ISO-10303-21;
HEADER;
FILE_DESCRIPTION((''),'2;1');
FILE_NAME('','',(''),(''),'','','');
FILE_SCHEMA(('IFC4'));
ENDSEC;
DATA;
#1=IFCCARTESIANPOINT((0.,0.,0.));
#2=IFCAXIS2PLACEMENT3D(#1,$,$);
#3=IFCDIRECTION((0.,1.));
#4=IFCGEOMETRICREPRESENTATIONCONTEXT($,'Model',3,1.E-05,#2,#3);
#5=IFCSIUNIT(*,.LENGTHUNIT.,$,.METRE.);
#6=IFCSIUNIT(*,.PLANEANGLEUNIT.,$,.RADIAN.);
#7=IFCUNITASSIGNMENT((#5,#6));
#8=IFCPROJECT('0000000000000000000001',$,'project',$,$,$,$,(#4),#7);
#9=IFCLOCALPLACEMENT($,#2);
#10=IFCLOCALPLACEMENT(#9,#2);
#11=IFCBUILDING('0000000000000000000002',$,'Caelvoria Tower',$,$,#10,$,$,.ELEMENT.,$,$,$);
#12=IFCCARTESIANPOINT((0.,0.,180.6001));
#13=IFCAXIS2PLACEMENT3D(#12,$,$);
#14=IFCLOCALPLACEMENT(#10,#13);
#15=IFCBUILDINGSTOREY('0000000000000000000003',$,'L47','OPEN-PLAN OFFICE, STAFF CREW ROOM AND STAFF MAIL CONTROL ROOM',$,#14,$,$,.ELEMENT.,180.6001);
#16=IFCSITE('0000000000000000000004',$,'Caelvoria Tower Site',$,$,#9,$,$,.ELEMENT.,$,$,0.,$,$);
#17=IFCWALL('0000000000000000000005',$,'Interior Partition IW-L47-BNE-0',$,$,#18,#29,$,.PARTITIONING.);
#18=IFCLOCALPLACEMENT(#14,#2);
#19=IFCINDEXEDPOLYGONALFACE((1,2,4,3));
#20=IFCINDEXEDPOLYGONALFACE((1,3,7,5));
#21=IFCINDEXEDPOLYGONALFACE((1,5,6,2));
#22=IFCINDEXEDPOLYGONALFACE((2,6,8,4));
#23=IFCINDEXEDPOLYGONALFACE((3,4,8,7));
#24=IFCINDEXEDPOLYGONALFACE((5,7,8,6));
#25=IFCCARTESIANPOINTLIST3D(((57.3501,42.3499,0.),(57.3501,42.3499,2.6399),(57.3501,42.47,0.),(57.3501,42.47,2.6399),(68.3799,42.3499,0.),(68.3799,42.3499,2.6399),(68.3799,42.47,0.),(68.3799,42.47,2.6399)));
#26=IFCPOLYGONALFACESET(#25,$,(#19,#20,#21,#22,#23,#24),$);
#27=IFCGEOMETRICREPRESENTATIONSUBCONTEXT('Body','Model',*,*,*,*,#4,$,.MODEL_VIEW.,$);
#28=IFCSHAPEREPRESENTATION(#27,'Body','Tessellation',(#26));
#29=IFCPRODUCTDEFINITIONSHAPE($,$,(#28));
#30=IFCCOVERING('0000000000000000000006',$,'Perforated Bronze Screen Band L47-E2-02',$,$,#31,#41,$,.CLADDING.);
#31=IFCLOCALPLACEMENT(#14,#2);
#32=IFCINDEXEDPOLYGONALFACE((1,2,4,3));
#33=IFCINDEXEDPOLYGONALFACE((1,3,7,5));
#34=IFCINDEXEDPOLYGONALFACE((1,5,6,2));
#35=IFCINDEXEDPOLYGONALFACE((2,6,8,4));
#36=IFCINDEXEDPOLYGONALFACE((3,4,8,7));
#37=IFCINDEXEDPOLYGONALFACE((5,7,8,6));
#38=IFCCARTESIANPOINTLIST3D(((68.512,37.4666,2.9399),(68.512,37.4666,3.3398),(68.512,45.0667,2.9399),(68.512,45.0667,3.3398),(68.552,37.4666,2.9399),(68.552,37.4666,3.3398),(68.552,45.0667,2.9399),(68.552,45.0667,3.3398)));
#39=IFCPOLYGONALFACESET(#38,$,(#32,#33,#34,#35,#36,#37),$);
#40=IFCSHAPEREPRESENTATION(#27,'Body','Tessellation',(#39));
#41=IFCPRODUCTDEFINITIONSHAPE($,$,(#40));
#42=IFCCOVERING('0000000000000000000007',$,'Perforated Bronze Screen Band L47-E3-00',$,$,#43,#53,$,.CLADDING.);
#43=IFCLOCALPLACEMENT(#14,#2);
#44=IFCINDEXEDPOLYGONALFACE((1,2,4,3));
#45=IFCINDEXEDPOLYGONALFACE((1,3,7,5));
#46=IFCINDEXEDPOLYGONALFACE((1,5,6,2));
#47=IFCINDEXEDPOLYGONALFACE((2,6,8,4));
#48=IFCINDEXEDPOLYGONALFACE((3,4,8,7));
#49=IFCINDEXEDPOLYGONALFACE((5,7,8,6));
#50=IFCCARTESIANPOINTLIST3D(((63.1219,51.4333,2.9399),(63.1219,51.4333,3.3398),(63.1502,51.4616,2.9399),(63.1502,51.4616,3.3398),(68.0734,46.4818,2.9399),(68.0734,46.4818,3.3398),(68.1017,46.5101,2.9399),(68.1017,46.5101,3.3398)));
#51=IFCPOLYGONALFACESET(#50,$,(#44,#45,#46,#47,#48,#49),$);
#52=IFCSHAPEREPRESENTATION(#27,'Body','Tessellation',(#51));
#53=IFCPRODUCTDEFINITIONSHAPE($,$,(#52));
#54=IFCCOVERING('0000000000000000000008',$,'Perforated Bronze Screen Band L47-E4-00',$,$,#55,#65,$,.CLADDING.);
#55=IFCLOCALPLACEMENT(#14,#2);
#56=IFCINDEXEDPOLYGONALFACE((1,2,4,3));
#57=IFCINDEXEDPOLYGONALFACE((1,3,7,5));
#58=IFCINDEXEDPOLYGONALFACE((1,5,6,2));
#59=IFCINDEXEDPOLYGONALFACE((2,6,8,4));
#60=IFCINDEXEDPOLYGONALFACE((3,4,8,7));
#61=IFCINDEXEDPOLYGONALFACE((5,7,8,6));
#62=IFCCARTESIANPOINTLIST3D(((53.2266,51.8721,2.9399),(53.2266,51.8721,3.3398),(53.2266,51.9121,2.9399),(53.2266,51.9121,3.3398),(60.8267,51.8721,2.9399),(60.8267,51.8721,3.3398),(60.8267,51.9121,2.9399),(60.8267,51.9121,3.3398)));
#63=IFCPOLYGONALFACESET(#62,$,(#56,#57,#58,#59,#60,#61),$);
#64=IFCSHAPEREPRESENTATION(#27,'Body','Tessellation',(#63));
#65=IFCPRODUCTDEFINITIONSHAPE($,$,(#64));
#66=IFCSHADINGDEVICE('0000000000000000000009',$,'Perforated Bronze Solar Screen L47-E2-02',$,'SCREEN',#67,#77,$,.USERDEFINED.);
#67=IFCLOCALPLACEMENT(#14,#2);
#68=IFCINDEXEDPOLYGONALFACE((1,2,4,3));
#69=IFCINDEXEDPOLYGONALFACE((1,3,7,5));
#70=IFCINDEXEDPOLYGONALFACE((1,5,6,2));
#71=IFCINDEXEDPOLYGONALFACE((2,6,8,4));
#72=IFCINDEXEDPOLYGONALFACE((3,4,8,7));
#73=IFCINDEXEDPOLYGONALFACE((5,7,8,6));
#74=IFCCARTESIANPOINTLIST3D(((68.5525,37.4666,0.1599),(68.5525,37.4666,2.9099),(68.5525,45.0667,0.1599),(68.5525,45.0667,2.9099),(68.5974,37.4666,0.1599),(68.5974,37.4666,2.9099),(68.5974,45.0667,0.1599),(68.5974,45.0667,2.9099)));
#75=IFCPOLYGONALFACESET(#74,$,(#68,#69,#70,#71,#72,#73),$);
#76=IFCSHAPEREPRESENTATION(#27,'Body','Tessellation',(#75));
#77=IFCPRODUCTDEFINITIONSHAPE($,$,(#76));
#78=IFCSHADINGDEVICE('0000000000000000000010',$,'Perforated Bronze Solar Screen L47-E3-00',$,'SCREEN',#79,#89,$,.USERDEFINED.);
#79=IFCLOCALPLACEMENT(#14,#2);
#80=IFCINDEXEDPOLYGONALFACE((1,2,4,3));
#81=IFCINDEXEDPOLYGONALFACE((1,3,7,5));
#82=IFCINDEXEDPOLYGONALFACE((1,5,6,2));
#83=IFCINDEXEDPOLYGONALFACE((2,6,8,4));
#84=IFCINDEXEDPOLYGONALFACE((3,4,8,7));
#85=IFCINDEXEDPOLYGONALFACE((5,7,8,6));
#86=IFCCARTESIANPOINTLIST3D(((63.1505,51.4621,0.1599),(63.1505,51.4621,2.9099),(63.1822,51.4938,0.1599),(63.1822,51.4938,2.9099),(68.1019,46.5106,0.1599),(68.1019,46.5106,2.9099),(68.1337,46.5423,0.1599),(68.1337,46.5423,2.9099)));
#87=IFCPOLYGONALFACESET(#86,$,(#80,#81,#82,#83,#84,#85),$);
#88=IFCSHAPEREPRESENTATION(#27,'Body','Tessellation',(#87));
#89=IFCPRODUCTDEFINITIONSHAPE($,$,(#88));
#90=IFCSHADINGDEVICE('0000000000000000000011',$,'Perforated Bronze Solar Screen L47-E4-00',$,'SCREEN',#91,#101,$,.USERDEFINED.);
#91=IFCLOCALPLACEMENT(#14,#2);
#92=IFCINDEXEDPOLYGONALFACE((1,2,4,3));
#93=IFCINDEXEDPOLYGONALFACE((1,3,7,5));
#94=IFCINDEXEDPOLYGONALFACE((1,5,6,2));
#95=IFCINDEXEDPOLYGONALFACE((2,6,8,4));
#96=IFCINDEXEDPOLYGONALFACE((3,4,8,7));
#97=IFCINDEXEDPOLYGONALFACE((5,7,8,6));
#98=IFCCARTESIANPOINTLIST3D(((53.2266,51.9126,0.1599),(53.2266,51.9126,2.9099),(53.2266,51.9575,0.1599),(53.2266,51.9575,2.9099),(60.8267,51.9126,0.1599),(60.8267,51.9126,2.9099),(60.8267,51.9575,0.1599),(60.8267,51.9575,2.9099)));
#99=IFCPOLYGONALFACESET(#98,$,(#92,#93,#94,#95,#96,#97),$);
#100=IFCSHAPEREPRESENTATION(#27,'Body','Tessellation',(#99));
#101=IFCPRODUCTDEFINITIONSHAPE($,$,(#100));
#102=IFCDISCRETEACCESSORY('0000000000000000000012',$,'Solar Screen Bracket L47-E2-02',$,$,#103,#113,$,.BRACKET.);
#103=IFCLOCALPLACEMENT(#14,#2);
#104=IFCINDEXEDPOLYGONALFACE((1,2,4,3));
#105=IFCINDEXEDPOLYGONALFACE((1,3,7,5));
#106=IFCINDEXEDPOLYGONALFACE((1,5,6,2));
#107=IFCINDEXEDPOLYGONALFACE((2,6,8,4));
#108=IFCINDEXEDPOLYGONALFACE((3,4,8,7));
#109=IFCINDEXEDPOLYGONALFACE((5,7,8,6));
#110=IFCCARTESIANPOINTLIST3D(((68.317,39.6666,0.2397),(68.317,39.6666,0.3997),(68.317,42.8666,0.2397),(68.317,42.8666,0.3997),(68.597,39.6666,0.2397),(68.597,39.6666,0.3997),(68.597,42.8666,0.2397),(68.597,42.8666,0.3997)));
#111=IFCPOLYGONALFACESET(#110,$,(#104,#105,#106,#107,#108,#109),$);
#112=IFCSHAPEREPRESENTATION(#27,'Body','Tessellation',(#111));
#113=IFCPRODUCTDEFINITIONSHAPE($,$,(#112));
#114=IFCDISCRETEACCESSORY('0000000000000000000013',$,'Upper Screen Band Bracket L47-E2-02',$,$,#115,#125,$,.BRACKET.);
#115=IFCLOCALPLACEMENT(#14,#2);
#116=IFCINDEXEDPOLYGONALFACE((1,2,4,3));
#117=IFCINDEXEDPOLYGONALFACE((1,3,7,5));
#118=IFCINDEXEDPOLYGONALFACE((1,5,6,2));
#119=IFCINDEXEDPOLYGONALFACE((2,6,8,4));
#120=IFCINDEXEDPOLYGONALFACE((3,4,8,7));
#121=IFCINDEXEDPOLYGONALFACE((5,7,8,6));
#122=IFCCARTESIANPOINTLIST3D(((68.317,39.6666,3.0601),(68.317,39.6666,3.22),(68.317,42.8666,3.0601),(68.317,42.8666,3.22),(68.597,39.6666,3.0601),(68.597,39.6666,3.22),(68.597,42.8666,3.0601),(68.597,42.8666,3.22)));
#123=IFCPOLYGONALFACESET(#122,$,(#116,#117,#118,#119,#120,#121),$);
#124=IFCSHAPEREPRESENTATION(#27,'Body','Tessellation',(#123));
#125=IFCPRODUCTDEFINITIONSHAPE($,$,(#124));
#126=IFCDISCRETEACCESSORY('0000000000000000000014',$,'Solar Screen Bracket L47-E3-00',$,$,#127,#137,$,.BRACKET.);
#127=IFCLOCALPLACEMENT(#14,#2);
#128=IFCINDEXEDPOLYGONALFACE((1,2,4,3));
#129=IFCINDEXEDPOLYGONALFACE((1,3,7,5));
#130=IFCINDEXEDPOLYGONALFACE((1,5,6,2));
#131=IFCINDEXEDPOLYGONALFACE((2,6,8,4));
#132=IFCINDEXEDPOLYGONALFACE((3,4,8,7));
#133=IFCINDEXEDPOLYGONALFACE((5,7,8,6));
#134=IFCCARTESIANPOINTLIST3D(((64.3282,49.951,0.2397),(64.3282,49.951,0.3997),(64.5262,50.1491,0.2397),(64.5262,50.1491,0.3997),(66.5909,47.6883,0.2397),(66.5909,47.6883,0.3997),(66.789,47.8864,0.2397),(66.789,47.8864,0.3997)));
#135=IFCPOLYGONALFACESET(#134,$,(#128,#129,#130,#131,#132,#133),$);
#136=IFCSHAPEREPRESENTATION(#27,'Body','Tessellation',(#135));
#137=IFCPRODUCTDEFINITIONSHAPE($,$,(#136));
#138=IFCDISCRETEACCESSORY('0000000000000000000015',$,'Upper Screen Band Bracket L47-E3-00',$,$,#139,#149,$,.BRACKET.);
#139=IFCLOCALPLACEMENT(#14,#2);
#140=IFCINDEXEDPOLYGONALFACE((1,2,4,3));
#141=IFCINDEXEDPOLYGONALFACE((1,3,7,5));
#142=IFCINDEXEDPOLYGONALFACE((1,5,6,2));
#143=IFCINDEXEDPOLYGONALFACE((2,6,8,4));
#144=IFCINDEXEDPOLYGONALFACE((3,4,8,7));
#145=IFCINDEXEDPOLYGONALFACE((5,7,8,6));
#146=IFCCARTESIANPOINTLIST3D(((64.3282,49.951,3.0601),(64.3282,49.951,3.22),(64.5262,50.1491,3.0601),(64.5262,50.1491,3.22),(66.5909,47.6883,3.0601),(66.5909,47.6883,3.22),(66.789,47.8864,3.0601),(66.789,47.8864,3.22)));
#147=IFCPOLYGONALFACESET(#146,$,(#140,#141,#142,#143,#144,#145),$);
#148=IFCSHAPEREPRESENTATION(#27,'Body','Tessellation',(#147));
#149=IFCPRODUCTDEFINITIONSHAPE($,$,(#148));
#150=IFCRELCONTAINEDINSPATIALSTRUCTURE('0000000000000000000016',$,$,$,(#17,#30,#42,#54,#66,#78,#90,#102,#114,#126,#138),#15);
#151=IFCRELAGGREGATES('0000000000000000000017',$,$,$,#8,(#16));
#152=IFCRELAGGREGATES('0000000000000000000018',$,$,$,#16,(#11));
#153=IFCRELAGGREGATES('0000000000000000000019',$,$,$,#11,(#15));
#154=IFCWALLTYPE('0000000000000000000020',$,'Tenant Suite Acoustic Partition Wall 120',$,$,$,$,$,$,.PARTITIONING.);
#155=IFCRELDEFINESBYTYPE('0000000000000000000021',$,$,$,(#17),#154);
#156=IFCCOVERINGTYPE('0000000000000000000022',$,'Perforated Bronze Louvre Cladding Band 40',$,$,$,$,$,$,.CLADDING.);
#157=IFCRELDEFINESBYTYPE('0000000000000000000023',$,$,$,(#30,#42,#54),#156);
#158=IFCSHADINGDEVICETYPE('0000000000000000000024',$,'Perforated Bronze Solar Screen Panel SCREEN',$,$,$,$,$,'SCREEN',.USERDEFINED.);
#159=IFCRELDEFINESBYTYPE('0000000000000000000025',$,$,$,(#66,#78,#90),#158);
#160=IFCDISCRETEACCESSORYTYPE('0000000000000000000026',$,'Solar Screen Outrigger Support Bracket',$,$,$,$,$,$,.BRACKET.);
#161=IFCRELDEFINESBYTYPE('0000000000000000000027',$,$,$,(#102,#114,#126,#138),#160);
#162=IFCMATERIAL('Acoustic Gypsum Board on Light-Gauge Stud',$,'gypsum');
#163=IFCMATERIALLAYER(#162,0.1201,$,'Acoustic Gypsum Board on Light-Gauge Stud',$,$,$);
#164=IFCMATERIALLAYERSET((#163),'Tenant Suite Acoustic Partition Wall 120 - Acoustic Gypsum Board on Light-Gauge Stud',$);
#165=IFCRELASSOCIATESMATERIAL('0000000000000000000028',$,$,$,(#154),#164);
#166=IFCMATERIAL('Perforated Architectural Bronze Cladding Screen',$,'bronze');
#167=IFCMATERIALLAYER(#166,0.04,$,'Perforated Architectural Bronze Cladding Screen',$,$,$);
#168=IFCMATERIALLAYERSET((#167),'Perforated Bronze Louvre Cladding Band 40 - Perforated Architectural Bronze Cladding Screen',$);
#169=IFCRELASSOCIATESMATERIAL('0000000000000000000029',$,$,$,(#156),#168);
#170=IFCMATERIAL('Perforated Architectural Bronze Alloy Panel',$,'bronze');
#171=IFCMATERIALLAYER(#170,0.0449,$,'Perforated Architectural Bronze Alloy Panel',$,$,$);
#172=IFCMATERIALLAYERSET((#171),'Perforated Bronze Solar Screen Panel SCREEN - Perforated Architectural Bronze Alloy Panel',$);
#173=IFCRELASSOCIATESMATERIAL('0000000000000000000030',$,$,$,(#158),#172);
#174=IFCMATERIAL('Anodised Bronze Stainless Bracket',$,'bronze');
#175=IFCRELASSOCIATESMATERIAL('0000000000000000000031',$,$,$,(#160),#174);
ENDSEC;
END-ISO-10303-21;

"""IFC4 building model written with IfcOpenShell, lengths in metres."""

from ifc_helpers import new_model, si_unit, direction, frame, frame_2d, origin, origin_2d, place, context, subcontext, project, spatial, rectangle, extrude, material, layer, layer_set, type_object, element, save


model = new_model("IFC4")

# Units and contexts
model_context = context("Model", 3, precision=1e-05, world=origin(), true_north=direction((0.0, 1.0)))
body_context = subcontext(model_context, "Body", "Model", "MODEL_VIEW")
ifc_project = project(units=[si_unit("LENGTHUNIT", "METRE"), si_unit("PLANEANGLEUNIT", "RADIAN")], contexts=[model_context])

# Site, building, storey
site_placement = place(None, origin())
site = spatial("IfcSite", under=ifc_project, at=site_placement, Name="Caelvoria Tower Site", CompositionType="ELEMENT", RefElevation=0.0)
building_placement = place(site_placement, origin())
building = spatial("IfcBuilding", under=site, at=building_placement, Name="Caelvoria Tower", CompositionType="ELEMENT")
storey_placement = place(building_placement, frame((0.0, 0.0, 180.6001)))
storey = spatial("IfcBuildingStorey", under=building, at=storey_placement, Name="L47", Description="OPEN-PLAN OFFICE, STAFF CREW ROOM AND STAFF MAIL CONTROL ROOM", CompositionType="ELEMENT", Elevation=180.6001)

# Shared definitions
ifc_material_1 = material(Name="Acoustic Gypsum Board on Light-Gauge Stud", Category="gypsum")
ifc_layer_1 = layer(ifc_material_1, 0.1201, Name="Acoustic Gypsum Board on Light-Gauge Stud")
ifc_layer_set_1 = layer_set([ifc_layer_1], Name="Tenant Suite Acoustic Partition Wall 120 - Acoustic Gypsum Board on Light-Gauge Stud")
wall_type_1 = type_object("IfcWallType", Name="Tenant Suite Acoustic Partition Wall 120", PredefinedType="PARTITIONING", material=ifc_layer_set_1)

# Wall
wall_1_placement = place(storey_placement, frame((57.3501, 42.4099, 0.0), z_axis=(0.0, 0.0, 1.0), x_axis=(1.0, 0.0, 0.0)))
element("IfcWall", 1, at=wall_1_placement, inside=storey, type_object=wall_type_1, Name="Interior Partition IW-L47-BNE-0", PredefinedType="PARTITIONING", context=body_context, shape_type="SweptSolid", body=[
    extrude(rectangle(XDim=11.0298, YDim=0.1201, at=frame_2d((5.5149, 0.0))), origin(), (0.0, 0.0, 1.0), 2.6399),
])

# Coverings
ifc_material_2 = material(Name="Perforated Architectural Bronze Cladding Screen", Category="bronze")
ifc_layer_2 = layer(ifc_material_2, 0.04, Name="Perforated Architectural Bronze Cladding Screen")
ifc_layer_set_2 = layer_set([ifc_layer_2], Name="Perforated Bronze Louvre Cladding Band 40 - Perforated Architectural Bronze Cladding Screen")
covering_type = type_object("IfcCoveringType", Name="Perforated Bronze Louvre Cladding Band 40", PredefinedType="CLADDING", material=ifc_layer_set_2)
covering_1_placement = place(storey_placement, frame((68.532, 41.2666, 2.9399), z_axis=(0.0, 0.0, 1.0), x_axis=(0.0, 1.0, 0.0)))
element("IfcCovering", 2, at=covering_1_placement, inside=storey, type_object=covering_type, Name="Perforated Bronze Screen Band L47-E2-02", PredefinedType="CLADDING", context=body_context, shape_type="SweptSolid", body=[
    extrude(rectangle(XDim=7.6001, YDim=0.04, at=origin_2d()), origin(), (0.0, 0.0, 1.0), 0.3999),
])
covering_2_placement = place(storey_placement, frame((65.6118, 48.9717, 2.9399), z_axis=(0.0, 0.0, 1.0), x_axis=(-0.707107, 0.707107, 0.0)))
element("IfcCovering", 3, at=covering_2_placement, inside=storey, type_object=covering_type, Name="Perforated Bronze Screen Band L47-E3-00", PredefinedType="CLADDING", context=body_context, shape_type="SweptSolid", body=[
    extrude(rectangle(XDim=7.0024, YDim=0.04, at=origin_2d()), origin(), (0.0, 0.0, 1.0), 0.3999),
])
covering_3_placement = place(storey_placement, frame((57.0266, 51.8921, 2.9399), z_axis=(0.0, 0.0, 1.0), x_axis=(-1.0, 0.0, 0.0)))
element("IfcCovering", 4, at=covering_3_placement, inside=storey, type_object=covering_type, Name="Perforated Bronze Screen Band L47-E4-00", PredefinedType="CLADDING", context=body_context, shape_type="SweptSolid", body=[
    extrude(rectangle(XDim=7.6001, YDim=0.04, at=origin_2d()), origin(), (0.0, 0.0, 1.0), 0.3999),
])

# Shading devices
ifc_material_3 = material(Name="Perforated Architectural Bronze Alloy Panel", Category="bronze")
ifc_layer_3 = layer(ifc_material_3, 0.0449, Name="Perforated Architectural Bronze Alloy Panel")
ifc_layer_set_3 = layer_set([ifc_layer_3], Name="Perforated Bronze Solar Screen Panel SCREEN - Perforated Architectural Bronze Alloy Panel")
shading_device_type = type_object("IfcShadingDeviceType", Name="Perforated Bronze Solar Screen Panel SCREEN", ElementType="SCREEN", PredefinedType="USERDEFINED", material=ifc_layer_set_3)
shading_device_1_placement = place(storey_placement, frame((68.575, 41.2666, 0.1599), z_axis=(0.0, 0.0, 1.0), x_axis=(0.0, 1.0, 0.0)))
element("IfcShadingDevice", 5, at=shading_device_1_placement, inside=storey, type_object=shading_device_type, Name="Perforated Bronze Solar Screen L47-E2-02", ObjectType="SCREEN", PredefinedType="USERDEFINED", context=body_context, shape_type="SweptSolid", body=[
    extrude(rectangle(XDim=7.6001, YDim=0.0449, at=origin_2d()), origin(), (0.0, 0.0, 1.0), 2.75),
])
shading_device_2_placement = place(storey_placement, frame((65.6421, 49.0022, 0.1599), z_axis=(0.0, 0.0, 1.0), x_axis=(-0.707107, 0.707107, 0.0)))
element("IfcShadingDevice", 6, at=shading_device_2_placement, inside=storey, type_object=shading_device_type, Name="Perforated Bronze Solar Screen L47-E3-00", ObjectType="SCREEN", PredefinedType="USERDEFINED", context=body_context, shape_type="SweptSolid", body=[
    extrude(rectangle(XDim=7.0024, YDim=0.0449, at=origin_2d()), origin(), (0.0, 0.0, 1.0), 2.75),
])
shading_device_3_placement = place(storey_placement, frame((57.0266, 51.9351, 0.1599), z_axis=(0.0, 0.0, 1.0), x_axis=(-1.0, 0.0, 0.0)))
element("IfcShadingDevice", 7, at=shading_device_3_placement, inside=storey, type_object=shading_device_type, Name="Perforated Bronze Solar Screen L47-E4-00", ObjectType="SCREEN", PredefinedType="USERDEFINED", context=body_context, shape_type="SweptSolid", body=[
    extrude(rectangle(XDim=7.6001, YDim=0.0449, at=origin_2d()), origin(), (0.0, 0.0, 1.0), 2.75),
])

# Discrete accessories
ifc_material_4 = material(Name="Anodised Bronze Stainless Bracket", Category="bronze")
discrete_accessory_type = type_object("IfcDiscreteAccessoryType", Name="Solar Screen Outrigger Support Bracket", PredefinedType="BRACKET", material=ifc_material_4)
for number, where, z_axis, x_axis, name in (
    (8, (68.457, 41.2666, 0.2397), (0.0, 0.0, 1.0), (0.0, 1.0, 0.0), "Solar Screen Bracket L47-E2-02"),
    (9, (68.457, 41.2666, 3.0601), (0.0, 0.0, 1.0), (0.0, 1.0, 0.0), "Upper Screen Band Bracket L47-E2-02"),
    (10, (65.5586, 48.9187, 0.2397), (0.0, 0.0, 1.0), (-0.707107, 0.707107, 0.0), "Solar Screen Bracket L47-E3-00"),
    (11, (65.5586, 48.9187, 3.0601), (0.0, 0.0, 1.0), (-0.707107, 0.707107, 0.0), "Upper Screen Band Bracket L47-E3-00"),
):
    element("IfcDiscreteAccessory", number, at=place(storey_placement, frame(where, z_axis=z_axis, x_axis=x_axis)), inside=storey, type_object=discrete_accessory_type, Name=name, PredefinedType="BRACKET", context=body_context, shape_type="SweptSolid", body=[
        extrude(rectangle(XDim=3.2, YDim=0.28, at=origin_2d()), origin(), (0.0, 0.0, 1.0), 0.1599),
    ])

save(model, "model.ifc")
